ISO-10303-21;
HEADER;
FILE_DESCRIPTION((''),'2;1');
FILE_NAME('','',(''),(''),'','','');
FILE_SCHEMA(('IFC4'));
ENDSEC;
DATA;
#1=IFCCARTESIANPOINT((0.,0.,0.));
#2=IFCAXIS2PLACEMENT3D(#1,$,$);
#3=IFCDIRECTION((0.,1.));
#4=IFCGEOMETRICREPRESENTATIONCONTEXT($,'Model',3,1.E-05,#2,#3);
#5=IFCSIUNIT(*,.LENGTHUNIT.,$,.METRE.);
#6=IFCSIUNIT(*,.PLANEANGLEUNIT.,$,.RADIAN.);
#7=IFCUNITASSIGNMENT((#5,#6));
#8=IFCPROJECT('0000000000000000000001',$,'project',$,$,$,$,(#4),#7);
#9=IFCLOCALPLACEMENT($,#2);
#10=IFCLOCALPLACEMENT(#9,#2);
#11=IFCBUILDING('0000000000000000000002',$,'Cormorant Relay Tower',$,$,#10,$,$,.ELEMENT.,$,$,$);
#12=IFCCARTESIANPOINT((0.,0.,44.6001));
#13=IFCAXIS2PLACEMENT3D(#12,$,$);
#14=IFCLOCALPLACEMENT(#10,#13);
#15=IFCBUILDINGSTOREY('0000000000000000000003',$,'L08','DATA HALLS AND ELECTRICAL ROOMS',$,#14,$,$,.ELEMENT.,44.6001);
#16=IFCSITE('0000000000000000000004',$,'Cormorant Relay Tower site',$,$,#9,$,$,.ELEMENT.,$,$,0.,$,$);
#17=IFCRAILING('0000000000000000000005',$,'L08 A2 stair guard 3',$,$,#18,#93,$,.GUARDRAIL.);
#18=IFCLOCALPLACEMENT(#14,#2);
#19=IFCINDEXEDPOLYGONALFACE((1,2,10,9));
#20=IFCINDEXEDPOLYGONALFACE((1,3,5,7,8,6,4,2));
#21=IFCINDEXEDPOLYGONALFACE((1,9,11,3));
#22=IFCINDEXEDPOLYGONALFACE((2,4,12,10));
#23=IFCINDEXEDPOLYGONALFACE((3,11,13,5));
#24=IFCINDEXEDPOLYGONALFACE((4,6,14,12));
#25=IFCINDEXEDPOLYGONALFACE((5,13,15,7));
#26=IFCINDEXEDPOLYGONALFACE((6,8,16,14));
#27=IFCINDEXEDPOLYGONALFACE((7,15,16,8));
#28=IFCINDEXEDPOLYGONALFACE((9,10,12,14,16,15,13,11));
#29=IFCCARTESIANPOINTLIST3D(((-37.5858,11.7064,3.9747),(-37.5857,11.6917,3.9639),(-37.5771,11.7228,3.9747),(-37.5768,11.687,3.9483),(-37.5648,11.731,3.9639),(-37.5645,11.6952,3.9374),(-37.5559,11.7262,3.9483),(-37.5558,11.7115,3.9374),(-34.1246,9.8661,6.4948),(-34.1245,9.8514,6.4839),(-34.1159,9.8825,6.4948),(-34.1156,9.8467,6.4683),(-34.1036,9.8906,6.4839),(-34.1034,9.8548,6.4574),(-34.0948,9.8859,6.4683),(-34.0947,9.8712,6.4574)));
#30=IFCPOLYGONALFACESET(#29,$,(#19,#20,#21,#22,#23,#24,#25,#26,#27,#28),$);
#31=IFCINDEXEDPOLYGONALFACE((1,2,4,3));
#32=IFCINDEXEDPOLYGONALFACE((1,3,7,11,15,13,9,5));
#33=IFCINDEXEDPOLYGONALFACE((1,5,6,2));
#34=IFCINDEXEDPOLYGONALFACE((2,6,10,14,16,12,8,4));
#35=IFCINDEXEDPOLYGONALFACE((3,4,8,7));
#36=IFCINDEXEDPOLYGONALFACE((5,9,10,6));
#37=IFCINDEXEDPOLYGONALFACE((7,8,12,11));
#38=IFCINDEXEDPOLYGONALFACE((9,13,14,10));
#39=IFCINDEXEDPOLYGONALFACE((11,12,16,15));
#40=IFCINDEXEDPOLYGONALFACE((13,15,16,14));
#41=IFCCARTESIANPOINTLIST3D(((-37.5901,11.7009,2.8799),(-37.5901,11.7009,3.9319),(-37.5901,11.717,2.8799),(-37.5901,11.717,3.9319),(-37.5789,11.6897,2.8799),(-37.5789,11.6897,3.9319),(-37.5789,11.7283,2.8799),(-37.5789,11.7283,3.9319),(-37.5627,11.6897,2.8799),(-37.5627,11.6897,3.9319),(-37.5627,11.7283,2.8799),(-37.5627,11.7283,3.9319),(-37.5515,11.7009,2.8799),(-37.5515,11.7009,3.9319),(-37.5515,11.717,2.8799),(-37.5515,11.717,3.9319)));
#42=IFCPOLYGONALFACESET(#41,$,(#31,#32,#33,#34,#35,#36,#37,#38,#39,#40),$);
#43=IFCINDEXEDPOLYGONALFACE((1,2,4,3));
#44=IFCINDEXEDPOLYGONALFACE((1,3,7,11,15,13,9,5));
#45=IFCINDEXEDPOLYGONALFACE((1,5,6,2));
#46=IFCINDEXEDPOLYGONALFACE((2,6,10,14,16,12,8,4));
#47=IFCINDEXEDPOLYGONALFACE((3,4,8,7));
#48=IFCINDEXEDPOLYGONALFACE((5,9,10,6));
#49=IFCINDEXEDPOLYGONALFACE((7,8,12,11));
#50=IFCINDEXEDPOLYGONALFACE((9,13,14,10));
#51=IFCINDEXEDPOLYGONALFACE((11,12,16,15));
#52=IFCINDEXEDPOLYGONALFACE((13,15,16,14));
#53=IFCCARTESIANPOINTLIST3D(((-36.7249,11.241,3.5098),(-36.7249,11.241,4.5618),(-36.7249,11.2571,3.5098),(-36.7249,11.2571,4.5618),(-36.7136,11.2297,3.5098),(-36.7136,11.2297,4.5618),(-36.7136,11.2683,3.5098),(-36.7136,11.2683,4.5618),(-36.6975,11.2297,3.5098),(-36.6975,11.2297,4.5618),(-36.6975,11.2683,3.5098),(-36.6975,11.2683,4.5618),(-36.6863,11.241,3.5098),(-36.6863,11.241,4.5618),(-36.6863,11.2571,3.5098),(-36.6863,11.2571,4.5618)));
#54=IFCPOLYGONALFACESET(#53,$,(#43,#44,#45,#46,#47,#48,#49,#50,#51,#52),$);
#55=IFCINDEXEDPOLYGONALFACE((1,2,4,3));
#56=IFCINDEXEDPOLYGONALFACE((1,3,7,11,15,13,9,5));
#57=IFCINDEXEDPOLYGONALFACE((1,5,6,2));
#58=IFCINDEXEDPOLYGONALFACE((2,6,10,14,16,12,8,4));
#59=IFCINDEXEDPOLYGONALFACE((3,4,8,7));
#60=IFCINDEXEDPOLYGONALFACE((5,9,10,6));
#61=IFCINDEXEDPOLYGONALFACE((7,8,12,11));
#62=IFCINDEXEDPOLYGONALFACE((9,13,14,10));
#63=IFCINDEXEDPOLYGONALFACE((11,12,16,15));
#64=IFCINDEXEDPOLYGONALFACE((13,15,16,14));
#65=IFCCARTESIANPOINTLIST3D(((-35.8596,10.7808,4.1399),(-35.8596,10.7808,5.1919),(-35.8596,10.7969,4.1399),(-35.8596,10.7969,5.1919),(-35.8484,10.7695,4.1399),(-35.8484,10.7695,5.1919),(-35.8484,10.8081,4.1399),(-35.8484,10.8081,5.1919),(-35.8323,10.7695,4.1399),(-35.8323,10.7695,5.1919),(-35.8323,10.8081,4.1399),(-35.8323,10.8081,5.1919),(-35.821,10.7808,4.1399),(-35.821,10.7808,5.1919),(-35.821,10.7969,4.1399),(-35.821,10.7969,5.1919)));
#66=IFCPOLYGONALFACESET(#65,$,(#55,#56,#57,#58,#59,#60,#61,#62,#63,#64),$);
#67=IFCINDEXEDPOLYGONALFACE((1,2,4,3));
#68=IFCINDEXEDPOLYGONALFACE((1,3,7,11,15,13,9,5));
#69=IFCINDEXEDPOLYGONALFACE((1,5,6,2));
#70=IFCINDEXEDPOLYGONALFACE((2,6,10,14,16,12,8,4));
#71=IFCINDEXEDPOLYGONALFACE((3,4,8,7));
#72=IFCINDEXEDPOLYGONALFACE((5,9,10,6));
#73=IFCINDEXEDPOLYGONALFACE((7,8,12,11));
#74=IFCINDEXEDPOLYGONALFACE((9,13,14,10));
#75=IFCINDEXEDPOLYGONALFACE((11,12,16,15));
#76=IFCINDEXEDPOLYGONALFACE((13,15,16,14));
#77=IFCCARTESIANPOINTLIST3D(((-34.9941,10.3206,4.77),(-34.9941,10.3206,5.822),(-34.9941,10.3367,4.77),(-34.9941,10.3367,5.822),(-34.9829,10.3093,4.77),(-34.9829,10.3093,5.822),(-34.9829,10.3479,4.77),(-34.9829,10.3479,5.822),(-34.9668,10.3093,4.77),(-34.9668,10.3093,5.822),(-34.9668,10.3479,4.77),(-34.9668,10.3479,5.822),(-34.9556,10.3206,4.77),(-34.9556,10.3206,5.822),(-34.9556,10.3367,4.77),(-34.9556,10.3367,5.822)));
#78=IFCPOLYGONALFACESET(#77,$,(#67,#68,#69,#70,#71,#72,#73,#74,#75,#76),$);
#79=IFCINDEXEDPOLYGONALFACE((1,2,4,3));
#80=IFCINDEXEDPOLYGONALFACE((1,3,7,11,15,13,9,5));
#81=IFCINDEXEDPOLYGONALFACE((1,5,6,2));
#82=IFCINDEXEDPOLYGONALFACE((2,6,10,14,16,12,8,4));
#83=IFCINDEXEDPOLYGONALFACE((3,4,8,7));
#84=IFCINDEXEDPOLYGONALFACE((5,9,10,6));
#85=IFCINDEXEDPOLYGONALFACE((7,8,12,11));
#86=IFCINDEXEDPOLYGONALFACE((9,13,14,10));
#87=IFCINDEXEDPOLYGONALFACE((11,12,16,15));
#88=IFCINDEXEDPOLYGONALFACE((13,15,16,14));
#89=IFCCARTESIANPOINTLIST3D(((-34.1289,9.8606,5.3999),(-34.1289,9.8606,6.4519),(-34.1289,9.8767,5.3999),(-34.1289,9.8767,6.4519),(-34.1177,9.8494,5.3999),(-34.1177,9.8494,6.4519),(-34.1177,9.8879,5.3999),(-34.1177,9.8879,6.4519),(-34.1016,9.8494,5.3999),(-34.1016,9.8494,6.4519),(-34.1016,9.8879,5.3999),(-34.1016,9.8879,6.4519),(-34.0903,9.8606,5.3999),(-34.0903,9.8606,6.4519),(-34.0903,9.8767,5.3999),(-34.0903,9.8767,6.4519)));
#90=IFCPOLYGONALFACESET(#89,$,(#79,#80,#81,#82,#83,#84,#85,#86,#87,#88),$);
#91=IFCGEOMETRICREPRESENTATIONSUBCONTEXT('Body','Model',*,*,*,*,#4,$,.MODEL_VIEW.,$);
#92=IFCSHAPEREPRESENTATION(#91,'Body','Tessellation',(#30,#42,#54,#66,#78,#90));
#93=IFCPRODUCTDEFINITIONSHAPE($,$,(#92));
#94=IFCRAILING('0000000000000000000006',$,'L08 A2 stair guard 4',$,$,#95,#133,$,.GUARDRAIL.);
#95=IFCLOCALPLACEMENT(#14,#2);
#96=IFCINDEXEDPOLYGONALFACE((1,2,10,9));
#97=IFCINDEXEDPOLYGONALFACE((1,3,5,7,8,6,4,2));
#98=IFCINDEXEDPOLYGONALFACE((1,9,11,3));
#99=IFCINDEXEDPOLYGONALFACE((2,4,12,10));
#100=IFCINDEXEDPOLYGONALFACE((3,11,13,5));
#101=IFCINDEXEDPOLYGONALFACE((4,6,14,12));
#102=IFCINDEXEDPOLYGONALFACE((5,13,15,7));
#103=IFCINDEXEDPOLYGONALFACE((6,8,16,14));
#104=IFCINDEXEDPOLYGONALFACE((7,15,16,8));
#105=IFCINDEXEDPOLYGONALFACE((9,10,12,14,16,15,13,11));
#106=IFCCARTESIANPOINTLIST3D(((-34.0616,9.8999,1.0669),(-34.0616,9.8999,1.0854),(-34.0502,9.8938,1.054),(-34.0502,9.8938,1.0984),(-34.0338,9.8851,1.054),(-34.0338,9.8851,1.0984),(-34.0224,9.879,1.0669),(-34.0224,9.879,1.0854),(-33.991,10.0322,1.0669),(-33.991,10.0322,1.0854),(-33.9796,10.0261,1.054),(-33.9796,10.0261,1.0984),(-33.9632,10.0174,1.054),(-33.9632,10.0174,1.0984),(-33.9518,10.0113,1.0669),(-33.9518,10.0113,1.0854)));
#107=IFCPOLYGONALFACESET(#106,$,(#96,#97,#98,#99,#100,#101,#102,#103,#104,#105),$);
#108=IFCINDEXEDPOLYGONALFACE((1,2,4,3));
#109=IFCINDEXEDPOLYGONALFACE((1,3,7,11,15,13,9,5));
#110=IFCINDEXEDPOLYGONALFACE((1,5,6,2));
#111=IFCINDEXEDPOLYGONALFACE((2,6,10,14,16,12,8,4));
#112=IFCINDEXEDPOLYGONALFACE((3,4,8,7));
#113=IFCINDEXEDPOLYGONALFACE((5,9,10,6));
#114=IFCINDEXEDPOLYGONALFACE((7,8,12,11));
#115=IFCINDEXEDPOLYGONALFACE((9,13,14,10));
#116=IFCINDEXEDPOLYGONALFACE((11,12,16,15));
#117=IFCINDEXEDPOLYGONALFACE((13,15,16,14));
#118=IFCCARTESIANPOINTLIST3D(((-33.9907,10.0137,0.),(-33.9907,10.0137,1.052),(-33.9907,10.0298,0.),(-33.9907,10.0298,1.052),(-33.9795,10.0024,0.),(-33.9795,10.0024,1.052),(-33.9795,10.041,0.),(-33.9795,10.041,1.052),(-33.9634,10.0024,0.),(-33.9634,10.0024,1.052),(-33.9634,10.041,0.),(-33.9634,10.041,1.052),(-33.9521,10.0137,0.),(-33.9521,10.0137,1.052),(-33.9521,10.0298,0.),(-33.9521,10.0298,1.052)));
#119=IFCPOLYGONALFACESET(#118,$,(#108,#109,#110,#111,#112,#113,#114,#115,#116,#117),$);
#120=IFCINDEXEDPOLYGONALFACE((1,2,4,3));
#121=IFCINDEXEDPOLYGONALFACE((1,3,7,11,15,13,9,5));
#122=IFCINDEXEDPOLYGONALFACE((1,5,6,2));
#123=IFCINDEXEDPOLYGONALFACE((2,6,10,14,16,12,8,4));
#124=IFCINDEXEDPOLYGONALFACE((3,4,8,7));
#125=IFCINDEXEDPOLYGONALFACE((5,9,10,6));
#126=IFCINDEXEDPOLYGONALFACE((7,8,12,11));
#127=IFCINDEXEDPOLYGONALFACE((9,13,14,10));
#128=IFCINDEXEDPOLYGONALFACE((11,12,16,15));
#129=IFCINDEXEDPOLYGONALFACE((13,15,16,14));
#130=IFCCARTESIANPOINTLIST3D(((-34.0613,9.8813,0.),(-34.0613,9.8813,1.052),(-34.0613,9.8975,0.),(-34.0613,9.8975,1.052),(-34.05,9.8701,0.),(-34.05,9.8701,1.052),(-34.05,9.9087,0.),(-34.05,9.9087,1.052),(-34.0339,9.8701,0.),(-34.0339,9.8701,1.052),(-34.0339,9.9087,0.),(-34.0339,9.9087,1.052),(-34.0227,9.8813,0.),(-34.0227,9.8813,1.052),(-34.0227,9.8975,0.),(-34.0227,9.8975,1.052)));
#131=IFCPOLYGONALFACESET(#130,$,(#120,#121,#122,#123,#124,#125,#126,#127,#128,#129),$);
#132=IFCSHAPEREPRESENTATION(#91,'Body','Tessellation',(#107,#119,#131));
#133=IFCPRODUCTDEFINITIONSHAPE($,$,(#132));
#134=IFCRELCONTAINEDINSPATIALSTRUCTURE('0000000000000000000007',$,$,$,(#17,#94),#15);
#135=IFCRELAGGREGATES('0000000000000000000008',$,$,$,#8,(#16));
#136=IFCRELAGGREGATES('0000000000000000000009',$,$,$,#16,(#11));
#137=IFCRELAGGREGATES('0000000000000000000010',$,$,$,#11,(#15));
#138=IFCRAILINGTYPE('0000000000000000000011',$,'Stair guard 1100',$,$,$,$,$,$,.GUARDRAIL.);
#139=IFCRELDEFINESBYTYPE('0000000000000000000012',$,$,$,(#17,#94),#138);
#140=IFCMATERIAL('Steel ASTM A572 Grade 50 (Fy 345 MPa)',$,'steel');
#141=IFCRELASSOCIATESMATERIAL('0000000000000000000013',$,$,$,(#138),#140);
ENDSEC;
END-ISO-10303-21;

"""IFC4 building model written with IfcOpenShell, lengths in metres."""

from ifc_helpers import new_model, si_unit, direction, frame, origin, place, context, subcontext, project, spatial, polyline, outline, extrude, material, type_object, element, save


model = new_model("IFC4")

# Units and contexts
model_context = context("Model", 3, precision=1e-05, world=origin(), true_north=direction((0.0, 1.0)))
body_context = subcontext(model_context, "Body", "Model", "MODEL_VIEW")
ifc_project = project(units=[si_unit("LENGTHUNIT", "METRE"), si_unit("PLANEANGLEUNIT", "RADIAN")], contexts=[model_context])

# Site, building, storey
site_placement = place(None, origin())
site = spatial("IfcSite", under=ifc_project, at=site_placement, Name="Cormorant Relay Tower site", CompositionType="ELEMENT", RefElevation=0.0)
building_placement = place(site_placement, origin())
building = spatial("IfcBuilding", under=site, at=building_placement, Name="Cormorant Relay Tower", CompositionType="ELEMENT")
storey_placement = place(building_placement, frame((0.0, 0.0, 44.6001)))
storey = spatial("IfcBuildingStorey", under=building, at=storey_placement, Name="L08", Description="DATA HALLS AND ELECTRICAL ROOMS", CompositionType="ELEMENT", Elevation=44.6001)

# Railings
ifc_material_1 = material(Name="Steel ASTM A572 Grade 50 (Fy 345 MPa)", Category="steel")
railing_type_1 = type_object("IfcRailingType", Name="Stair guard 1100", PredefinedType="GUARDRAIL", material=ifc_material_1)
railing_1_placement = place(storey_placement, frame((-37.5708, 11.709, 2.8799)))
element("IfcRailing", 1, at=railing_1_placement, inside=storey, type_object=railing_type_1, Name="L08 A2 stair guard 3", PredefinedType="GUARDRAIL", context=body_context, shape_type="SweptSolid", body=[
    extrude(outline(polyline([(0.0222, 0.0093), (0.0093, 0.0222), (-0.0093, 0.0222), (-0.0222, 0.0093), (-0.0222, -0.0093), (-0.0093, -0.0222), (0.0093, -0.0222), (0.0222, -0.0093), (0.0222, 0.0093)])), frame((0.0, 0.0, 1.0762), z_axis=(0.742717, -0.394907, 0.540758), x_axis=(0.469469, 0.882949, 0.0)), (0.0, 0.0, 1.0), 4.6602),
    extrude(outline(polyline([(0.0193, 0.0081), (0.0081, 0.0193), (-0.0081, 0.0193), (-0.0193, 0.0081), (-0.0193, -0.0081), (-0.0081, -0.0193), (0.0081, -0.0193), (0.0193, -0.0081), (0.0193, 0.0081)])), origin(), (0.0, 0.0, 1.0), 1.052),
    extrude(outline(polyline([(0.0193, 0.0081), (0.0081, 0.0193), (-0.0081, 0.0193), (-0.0193, 0.0081), (-0.0193, -0.0081), (-0.0081, -0.0193), (0.0081, -0.0193), (0.0193, -0.0081), (0.0193, 0.0081)])), frame((0.8652, -0.46, 0.6299)), (0.0, 0.0, 1.0), 1.052),
    extrude(outline(polyline([(0.0193, 0.0081), (0.0081, 0.0193), (-0.0081, 0.0193), (-0.0193, 0.0081), (-0.0193, -0.0081), (-0.0081, -0.0193), (0.0081, -0.0193), (0.0193, -0.0081), (0.0193, 0.0081)])), frame((1.7305, -0.9202, 1.26)), (0.0, 0.0, 1.0), 1.052),
    extrude(outline(polyline([(0.0193, 0.0081), (0.0081, 0.0193), (-0.0081, 0.0193), (-0.0193, 0.0081), (-0.0193, -0.0081), (-0.0081, -0.0193), (0.0081, -0.0193), (0.0193, -0.0081), (0.0193, 0.0081)])), frame((2.5959, -1.3804, 1.8901)), (0.0, 0.0, 1.0), 1.052),
    extrude(outline(polyline([(0.0193, 0.0081), (0.0081, 0.0193), (-0.0081, 0.0193), (-0.0193, 0.0081), (-0.0193, -0.0081), (-0.0081, -0.0193), (0.0081, -0.0193), (0.0193, -0.0081), (0.0193, 0.0081)])), frame((3.4612, -1.8403, 2.52)), (0.0, 0.0, 1.0), 1.052),
])
railing_2_placement = place(storey_placement, frame((-33.9714, 10.0217, 0.0)))
element("IfcRailing", 2, at=railing_2_placement, inside=storey, type_object=railing_type_1, Name="L08 A2 stair guard 4", PredefinedType="GUARDRAIL", context=body_context, shape_type="SweptSolid", body=[
    extrude(outline(polyline([(0.0222, 0.0093), (0.0093, 0.0222), (-0.0093, 0.0222), (-0.0222, 0.0093), (-0.0222, -0.0093), (-0.0093, -0.0222), (0.0093, -0.0222), (0.0222, -0.0093), (0.0222, 0.0093)])), frame((0.0, 0.0, 1.0762), z_axis=(-0.470504, -0.882398, 0.0), x_axis=(0.882398, -0.470504, 0.0)), (0.0, 0.0, 1.0), 0.1499),
    extrude(outline(polyline([(0.0193, 0.0081), (0.0081, 0.0193), (-0.0081, 0.0193), (-0.0193, 0.0081), (-0.0193, -0.0081), (-0.0081, -0.0193), (0.0081, -0.0193), (0.0193, -0.0081), (0.0193, 0.0081)])), origin(), (0.0, 0.0, 1.0), 1.052),
    extrude(outline(polyline([(0.0193, 0.0081), (0.0081, 0.0193), (-0.0081, 0.0193), (-0.0193, 0.0081), (-0.0193, -0.0081), (-0.0081, -0.0193), (0.0081, -0.0193), (0.0193, -0.0081), (0.0193, 0.0081)])), frame((-0.0706, -0.1323, 0.0)), (0.0, 0.0, 1.0), 1.052),
])

save(model, "model.ifc")
